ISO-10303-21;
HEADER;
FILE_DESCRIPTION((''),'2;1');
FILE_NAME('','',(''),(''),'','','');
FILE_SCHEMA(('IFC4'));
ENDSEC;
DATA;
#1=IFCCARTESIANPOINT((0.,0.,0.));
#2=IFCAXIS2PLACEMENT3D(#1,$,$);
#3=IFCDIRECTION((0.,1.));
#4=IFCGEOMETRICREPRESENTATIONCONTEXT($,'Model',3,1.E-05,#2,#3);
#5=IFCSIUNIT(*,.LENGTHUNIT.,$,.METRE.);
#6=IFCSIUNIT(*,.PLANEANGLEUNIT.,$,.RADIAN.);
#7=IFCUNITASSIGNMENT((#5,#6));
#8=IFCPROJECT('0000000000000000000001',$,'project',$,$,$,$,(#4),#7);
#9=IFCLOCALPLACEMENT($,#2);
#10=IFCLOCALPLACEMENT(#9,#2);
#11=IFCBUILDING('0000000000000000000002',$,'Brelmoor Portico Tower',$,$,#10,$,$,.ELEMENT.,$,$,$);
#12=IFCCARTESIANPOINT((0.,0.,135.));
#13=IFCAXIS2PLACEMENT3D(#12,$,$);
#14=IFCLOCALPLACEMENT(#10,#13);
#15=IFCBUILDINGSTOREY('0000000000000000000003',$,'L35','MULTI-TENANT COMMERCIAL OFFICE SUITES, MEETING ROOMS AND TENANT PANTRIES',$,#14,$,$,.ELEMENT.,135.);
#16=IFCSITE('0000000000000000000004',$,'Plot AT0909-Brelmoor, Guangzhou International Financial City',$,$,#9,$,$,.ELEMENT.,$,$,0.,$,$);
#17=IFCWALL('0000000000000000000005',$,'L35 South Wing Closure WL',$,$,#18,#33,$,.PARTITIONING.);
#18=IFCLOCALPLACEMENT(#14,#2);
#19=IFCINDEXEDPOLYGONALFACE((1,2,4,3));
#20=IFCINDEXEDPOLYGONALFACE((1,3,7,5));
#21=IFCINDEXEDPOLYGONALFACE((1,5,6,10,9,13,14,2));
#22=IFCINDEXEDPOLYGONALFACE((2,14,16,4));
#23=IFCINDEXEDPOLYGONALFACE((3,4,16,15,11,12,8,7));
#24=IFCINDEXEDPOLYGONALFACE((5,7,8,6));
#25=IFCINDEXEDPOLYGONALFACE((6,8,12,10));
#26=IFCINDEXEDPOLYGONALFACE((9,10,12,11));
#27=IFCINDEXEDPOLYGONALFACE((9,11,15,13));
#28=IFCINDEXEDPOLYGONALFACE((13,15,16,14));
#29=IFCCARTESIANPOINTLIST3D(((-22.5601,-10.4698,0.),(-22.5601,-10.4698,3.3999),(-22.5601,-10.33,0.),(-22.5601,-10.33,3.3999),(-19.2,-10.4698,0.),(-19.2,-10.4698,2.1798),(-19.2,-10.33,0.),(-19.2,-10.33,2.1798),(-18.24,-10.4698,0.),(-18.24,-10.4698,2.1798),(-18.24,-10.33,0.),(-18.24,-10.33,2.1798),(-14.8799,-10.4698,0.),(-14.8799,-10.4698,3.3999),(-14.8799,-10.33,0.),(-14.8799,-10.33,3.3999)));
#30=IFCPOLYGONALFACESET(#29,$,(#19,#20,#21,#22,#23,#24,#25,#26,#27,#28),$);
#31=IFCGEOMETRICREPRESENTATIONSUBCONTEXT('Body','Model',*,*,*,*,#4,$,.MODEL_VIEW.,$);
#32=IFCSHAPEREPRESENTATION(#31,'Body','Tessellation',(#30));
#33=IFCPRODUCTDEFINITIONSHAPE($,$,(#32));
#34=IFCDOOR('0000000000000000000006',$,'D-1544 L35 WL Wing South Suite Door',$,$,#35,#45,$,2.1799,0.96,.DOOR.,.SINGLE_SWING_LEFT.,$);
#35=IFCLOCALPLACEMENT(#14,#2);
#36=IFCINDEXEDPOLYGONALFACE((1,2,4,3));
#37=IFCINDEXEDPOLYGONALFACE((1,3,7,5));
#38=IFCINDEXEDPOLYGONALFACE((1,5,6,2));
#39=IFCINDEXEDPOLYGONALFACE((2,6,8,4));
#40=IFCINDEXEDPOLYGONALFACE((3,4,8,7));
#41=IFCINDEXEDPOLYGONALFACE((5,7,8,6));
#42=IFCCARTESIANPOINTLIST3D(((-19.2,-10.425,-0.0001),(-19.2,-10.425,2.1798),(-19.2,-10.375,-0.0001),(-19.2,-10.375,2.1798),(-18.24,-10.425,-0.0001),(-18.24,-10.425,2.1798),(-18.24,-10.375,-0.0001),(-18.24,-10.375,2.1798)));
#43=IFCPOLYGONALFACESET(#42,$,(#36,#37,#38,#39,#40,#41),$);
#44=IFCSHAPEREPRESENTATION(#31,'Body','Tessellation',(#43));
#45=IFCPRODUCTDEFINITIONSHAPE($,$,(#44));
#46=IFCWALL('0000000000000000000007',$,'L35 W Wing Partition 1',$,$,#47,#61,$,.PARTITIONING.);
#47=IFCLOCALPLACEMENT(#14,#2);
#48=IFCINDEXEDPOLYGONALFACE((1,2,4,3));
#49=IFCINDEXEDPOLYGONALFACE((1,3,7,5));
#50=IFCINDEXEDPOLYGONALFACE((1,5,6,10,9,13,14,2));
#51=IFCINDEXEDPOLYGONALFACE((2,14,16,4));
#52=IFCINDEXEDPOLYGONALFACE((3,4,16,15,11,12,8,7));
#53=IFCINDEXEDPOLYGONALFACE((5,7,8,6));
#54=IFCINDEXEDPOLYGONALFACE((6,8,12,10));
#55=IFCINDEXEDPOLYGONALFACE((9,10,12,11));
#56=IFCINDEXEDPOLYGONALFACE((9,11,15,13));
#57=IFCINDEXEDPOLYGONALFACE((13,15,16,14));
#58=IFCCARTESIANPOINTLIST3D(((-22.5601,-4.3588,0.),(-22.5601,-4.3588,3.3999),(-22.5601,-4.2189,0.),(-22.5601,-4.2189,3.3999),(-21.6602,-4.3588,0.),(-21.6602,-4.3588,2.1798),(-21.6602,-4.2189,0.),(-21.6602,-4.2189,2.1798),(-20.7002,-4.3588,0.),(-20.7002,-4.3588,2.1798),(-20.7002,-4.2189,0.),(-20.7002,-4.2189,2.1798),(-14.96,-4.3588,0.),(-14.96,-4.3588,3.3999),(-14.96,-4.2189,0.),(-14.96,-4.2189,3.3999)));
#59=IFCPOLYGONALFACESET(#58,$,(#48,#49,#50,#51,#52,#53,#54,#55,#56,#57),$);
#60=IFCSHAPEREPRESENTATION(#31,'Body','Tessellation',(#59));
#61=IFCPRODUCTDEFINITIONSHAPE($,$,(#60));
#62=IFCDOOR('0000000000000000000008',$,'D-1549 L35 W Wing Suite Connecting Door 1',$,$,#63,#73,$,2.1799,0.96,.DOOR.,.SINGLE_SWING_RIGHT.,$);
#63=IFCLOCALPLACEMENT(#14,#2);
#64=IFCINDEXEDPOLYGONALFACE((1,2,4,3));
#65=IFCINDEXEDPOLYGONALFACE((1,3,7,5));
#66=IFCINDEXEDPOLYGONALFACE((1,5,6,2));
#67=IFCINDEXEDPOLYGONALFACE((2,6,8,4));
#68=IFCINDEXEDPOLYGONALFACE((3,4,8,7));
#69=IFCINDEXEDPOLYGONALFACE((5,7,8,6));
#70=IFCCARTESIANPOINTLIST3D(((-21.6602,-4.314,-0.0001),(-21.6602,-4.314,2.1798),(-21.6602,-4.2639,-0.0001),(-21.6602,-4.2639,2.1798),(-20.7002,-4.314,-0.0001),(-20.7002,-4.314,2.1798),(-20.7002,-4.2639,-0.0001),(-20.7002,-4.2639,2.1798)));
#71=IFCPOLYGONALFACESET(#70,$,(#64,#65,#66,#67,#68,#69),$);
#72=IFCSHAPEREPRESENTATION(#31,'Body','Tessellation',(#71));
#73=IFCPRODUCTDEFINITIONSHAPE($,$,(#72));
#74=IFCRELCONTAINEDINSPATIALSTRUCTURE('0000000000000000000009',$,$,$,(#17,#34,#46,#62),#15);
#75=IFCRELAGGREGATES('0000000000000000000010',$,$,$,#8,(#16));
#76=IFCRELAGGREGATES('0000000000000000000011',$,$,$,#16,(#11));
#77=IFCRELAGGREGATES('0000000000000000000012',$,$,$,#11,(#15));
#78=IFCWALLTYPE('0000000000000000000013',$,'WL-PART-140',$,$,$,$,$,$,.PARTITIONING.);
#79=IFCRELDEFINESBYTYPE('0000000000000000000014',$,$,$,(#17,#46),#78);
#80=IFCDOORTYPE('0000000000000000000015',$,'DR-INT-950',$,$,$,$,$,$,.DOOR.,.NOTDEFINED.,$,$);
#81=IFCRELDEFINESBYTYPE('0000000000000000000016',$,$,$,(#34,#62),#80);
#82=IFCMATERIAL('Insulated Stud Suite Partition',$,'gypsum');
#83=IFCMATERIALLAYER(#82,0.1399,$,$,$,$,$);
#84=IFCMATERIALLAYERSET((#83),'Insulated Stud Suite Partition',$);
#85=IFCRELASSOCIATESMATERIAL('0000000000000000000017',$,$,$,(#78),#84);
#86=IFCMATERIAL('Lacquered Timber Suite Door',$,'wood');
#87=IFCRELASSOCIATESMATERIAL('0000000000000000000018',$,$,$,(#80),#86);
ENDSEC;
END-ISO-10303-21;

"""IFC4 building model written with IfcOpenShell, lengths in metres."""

from ifc_helpers import new_model, si_unit, direction, frame, frame_2d, origin, place, context, subcontext, project, spatial, rectangle, extrude, material, layer, layer_set, type_object, element, fill, save


model = new_model("IFC4")

# Units and contexts
model_context = context("Model", 3, precision=1e-05, world=origin(), true_north=direction((0.0, 1.0)))
body_context = subcontext(model_context, "Body", "Model", "MODEL_VIEW")
ifc_project = project(units=[si_unit("LENGTHUNIT", "METRE"), si_unit("PLANEANGLEUNIT", "RADIAN")], contexts=[model_context])

# Site, building, storey
site_placement = place(None, origin())
site = spatial("IfcSite", under=ifc_project, at=site_placement, Name="Plot AT0909-Brelmoor, Guangzhou International Financial City", CompositionType="ELEMENT", RefElevation=0.0)
building_placement = place(site_placement, origin())
building = spatial("IfcBuilding", under=site, at=building_placement, Name="Brelmoor Portico Tower", CompositionType="ELEMENT")
storey_placement = place(building_placement, frame((0.0, 0.0, 135.0)))
storey = spatial("IfcBuildingStorey", under=building, at=storey_placement, Name="L35", Description="MULTI-TENANT COMMERCIAL OFFICE SUITES, MEETING ROOMS AND TENANT PANTRIES", CompositionType="ELEMENT", Elevation=135.0)

# Walls, openings, doors
ifc_material_1 = material(Name="Insulated Stud Suite Partition", Category="gypsum")
ifc_layer_1 = layer(ifc_material_1, 0.1399)
ifc_layer_set_1 = layer_set([ifc_layer_1], Name="Insulated Stud Suite Partition")
wall_type_1 = type_object("IfcWallType", Name="WL-PART-140", PredefinedType="PARTITIONING", material=ifc_layer_set_1)
wall_1_placement = place(storey_placement, frame((-22.5601, -10.3999, 0.0), z_axis=(0.0, 0.0, 1.0), x_axis=(1.0, 0.0, 0.0)))
wall_1 = element("IfcWall", 1, at=wall_1_placement, inside=storey, type_object=wall_type_1, Name="L35 South Wing Closure WL", PredefinedType="PARTITIONING", context=body_context, shape_type="SweptSolid", body=[
    extrude(rectangle(XDim=7.6802, YDim=0.1399, at=frame_2d((3.8401, 0.0))), origin(), (0.0, 0.0, 1.0), 3.3999),
])
opening_1_placement = place(wall_1_placement, frame((3.3601, 0.0, 0.0)))
opening_1 = element("IfcOpeningElement", 2, at=opening_1_placement, cuts=wall_1, PredefinedType="OPENING", context=body_context, shape_type="SweptSolid", body=[
    extrude(rectangle(XDim=0.96, YDim=2.1799, at=frame_2d((0.48, 1.0898))), frame((0.0, 0.0798, 0.0), z_axis=(0.0, -1.0, 0.0), x_axis=(1.0, 0.0, 0.0)), (0.0, 0.0, 1.0), 0.1599),
])
ifc_material_2 = material(Name="Lacquered Timber Suite Door", Category="wood")
door_type = type_object("IfcDoorType", Name="DR-INT-950", OperationType="NOTDEFINED", PredefinedType="DOOR", material=ifc_material_2)
door_1_placement = place(opening_1_placement, origin())
door_1 = element("IfcDoor", 3, at=door_1_placement, inside=storey, type_object=door_type, Name="D-1544 L35 WL Wing South Suite Door", OperationType="SINGLE_SWING_LEFT", OverallHeight=2.1799, OverallWidth=0.96, PredefinedType="DOOR", context=body_context, shape_type="SweptSolid", body=[
    extrude(rectangle(XDim=0.96, YDim=2.1799, at=frame_2d((0.48, 1.0898))), frame((0.0, 0.0249, 0.0), z_axis=(0.0, -1.0, 0.0), x_axis=(1.0, 0.0, 0.0)), (0.0, 0.0, 1.0), 0.05),
])
fill(opening_1, door_1)
wall_2_placement = place(storey_placement, frame((-22.5601, -4.2888, 0.0), z_axis=(0.0, 0.0, 1.0), x_axis=(1.0, 0.0, 0.0)))
wall_2 = element("IfcWall", 4, at=wall_2_placement, inside=storey, type_object=wall_type_1, Name="L35 W Wing Partition 1", PredefinedType="PARTITIONING", context=body_context, shape_type="SweptSolid", body=[
    extrude(rectangle(XDim=7.6001, YDim=0.1399, at=frame_2d((3.8, 0.0))), origin(), (0.0, 0.0, 1.0), 3.3999),
])
opening_2_placement = place(wall_2_placement, frame((0.8999, 0.0, 0.0)))
opening_2 = element("IfcOpeningElement", 5, at=opening_2_placement, cuts=wall_2, PredefinedType="OPENING", context=body_context, shape_type="SweptSolid", body=[
    extrude(rectangle(XDim=0.96, YDim=2.1799, at=frame_2d((0.48, 1.0898))), frame((0.0, 0.0798, 0.0), z_axis=(0.0, -1.0, 0.0), x_axis=(1.0, 0.0, 0.0)), (0.0, 0.0, 1.0), 0.1599),
])
door_2_placement = place(opening_2_placement, origin())
door_2 = element("IfcDoor", 6, at=door_2_placement, inside=storey, type_object=door_type, Name="D-1549 L35 W Wing Suite Connecting Door 1", OperationType="SINGLE_SWING_RIGHT", OverallHeight=2.1799, OverallWidth=0.96, PredefinedType="DOOR", context=body_context, shape_type="SweptSolid", body=[
    extrude(rectangle(XDim=0.96, YDim=2.1799, at=frame_2d((0.48, 1.0898))), frame((0.0, 0.0249, 0.0), z_axis=(0.0, -1.0, 0.0), x_axis=(1.0, 0.0, 0.0)), (0.0, 0.0, 1.0), 0.05),
])
fill(opening_2, door_2)

save(model, "model.ifc")
